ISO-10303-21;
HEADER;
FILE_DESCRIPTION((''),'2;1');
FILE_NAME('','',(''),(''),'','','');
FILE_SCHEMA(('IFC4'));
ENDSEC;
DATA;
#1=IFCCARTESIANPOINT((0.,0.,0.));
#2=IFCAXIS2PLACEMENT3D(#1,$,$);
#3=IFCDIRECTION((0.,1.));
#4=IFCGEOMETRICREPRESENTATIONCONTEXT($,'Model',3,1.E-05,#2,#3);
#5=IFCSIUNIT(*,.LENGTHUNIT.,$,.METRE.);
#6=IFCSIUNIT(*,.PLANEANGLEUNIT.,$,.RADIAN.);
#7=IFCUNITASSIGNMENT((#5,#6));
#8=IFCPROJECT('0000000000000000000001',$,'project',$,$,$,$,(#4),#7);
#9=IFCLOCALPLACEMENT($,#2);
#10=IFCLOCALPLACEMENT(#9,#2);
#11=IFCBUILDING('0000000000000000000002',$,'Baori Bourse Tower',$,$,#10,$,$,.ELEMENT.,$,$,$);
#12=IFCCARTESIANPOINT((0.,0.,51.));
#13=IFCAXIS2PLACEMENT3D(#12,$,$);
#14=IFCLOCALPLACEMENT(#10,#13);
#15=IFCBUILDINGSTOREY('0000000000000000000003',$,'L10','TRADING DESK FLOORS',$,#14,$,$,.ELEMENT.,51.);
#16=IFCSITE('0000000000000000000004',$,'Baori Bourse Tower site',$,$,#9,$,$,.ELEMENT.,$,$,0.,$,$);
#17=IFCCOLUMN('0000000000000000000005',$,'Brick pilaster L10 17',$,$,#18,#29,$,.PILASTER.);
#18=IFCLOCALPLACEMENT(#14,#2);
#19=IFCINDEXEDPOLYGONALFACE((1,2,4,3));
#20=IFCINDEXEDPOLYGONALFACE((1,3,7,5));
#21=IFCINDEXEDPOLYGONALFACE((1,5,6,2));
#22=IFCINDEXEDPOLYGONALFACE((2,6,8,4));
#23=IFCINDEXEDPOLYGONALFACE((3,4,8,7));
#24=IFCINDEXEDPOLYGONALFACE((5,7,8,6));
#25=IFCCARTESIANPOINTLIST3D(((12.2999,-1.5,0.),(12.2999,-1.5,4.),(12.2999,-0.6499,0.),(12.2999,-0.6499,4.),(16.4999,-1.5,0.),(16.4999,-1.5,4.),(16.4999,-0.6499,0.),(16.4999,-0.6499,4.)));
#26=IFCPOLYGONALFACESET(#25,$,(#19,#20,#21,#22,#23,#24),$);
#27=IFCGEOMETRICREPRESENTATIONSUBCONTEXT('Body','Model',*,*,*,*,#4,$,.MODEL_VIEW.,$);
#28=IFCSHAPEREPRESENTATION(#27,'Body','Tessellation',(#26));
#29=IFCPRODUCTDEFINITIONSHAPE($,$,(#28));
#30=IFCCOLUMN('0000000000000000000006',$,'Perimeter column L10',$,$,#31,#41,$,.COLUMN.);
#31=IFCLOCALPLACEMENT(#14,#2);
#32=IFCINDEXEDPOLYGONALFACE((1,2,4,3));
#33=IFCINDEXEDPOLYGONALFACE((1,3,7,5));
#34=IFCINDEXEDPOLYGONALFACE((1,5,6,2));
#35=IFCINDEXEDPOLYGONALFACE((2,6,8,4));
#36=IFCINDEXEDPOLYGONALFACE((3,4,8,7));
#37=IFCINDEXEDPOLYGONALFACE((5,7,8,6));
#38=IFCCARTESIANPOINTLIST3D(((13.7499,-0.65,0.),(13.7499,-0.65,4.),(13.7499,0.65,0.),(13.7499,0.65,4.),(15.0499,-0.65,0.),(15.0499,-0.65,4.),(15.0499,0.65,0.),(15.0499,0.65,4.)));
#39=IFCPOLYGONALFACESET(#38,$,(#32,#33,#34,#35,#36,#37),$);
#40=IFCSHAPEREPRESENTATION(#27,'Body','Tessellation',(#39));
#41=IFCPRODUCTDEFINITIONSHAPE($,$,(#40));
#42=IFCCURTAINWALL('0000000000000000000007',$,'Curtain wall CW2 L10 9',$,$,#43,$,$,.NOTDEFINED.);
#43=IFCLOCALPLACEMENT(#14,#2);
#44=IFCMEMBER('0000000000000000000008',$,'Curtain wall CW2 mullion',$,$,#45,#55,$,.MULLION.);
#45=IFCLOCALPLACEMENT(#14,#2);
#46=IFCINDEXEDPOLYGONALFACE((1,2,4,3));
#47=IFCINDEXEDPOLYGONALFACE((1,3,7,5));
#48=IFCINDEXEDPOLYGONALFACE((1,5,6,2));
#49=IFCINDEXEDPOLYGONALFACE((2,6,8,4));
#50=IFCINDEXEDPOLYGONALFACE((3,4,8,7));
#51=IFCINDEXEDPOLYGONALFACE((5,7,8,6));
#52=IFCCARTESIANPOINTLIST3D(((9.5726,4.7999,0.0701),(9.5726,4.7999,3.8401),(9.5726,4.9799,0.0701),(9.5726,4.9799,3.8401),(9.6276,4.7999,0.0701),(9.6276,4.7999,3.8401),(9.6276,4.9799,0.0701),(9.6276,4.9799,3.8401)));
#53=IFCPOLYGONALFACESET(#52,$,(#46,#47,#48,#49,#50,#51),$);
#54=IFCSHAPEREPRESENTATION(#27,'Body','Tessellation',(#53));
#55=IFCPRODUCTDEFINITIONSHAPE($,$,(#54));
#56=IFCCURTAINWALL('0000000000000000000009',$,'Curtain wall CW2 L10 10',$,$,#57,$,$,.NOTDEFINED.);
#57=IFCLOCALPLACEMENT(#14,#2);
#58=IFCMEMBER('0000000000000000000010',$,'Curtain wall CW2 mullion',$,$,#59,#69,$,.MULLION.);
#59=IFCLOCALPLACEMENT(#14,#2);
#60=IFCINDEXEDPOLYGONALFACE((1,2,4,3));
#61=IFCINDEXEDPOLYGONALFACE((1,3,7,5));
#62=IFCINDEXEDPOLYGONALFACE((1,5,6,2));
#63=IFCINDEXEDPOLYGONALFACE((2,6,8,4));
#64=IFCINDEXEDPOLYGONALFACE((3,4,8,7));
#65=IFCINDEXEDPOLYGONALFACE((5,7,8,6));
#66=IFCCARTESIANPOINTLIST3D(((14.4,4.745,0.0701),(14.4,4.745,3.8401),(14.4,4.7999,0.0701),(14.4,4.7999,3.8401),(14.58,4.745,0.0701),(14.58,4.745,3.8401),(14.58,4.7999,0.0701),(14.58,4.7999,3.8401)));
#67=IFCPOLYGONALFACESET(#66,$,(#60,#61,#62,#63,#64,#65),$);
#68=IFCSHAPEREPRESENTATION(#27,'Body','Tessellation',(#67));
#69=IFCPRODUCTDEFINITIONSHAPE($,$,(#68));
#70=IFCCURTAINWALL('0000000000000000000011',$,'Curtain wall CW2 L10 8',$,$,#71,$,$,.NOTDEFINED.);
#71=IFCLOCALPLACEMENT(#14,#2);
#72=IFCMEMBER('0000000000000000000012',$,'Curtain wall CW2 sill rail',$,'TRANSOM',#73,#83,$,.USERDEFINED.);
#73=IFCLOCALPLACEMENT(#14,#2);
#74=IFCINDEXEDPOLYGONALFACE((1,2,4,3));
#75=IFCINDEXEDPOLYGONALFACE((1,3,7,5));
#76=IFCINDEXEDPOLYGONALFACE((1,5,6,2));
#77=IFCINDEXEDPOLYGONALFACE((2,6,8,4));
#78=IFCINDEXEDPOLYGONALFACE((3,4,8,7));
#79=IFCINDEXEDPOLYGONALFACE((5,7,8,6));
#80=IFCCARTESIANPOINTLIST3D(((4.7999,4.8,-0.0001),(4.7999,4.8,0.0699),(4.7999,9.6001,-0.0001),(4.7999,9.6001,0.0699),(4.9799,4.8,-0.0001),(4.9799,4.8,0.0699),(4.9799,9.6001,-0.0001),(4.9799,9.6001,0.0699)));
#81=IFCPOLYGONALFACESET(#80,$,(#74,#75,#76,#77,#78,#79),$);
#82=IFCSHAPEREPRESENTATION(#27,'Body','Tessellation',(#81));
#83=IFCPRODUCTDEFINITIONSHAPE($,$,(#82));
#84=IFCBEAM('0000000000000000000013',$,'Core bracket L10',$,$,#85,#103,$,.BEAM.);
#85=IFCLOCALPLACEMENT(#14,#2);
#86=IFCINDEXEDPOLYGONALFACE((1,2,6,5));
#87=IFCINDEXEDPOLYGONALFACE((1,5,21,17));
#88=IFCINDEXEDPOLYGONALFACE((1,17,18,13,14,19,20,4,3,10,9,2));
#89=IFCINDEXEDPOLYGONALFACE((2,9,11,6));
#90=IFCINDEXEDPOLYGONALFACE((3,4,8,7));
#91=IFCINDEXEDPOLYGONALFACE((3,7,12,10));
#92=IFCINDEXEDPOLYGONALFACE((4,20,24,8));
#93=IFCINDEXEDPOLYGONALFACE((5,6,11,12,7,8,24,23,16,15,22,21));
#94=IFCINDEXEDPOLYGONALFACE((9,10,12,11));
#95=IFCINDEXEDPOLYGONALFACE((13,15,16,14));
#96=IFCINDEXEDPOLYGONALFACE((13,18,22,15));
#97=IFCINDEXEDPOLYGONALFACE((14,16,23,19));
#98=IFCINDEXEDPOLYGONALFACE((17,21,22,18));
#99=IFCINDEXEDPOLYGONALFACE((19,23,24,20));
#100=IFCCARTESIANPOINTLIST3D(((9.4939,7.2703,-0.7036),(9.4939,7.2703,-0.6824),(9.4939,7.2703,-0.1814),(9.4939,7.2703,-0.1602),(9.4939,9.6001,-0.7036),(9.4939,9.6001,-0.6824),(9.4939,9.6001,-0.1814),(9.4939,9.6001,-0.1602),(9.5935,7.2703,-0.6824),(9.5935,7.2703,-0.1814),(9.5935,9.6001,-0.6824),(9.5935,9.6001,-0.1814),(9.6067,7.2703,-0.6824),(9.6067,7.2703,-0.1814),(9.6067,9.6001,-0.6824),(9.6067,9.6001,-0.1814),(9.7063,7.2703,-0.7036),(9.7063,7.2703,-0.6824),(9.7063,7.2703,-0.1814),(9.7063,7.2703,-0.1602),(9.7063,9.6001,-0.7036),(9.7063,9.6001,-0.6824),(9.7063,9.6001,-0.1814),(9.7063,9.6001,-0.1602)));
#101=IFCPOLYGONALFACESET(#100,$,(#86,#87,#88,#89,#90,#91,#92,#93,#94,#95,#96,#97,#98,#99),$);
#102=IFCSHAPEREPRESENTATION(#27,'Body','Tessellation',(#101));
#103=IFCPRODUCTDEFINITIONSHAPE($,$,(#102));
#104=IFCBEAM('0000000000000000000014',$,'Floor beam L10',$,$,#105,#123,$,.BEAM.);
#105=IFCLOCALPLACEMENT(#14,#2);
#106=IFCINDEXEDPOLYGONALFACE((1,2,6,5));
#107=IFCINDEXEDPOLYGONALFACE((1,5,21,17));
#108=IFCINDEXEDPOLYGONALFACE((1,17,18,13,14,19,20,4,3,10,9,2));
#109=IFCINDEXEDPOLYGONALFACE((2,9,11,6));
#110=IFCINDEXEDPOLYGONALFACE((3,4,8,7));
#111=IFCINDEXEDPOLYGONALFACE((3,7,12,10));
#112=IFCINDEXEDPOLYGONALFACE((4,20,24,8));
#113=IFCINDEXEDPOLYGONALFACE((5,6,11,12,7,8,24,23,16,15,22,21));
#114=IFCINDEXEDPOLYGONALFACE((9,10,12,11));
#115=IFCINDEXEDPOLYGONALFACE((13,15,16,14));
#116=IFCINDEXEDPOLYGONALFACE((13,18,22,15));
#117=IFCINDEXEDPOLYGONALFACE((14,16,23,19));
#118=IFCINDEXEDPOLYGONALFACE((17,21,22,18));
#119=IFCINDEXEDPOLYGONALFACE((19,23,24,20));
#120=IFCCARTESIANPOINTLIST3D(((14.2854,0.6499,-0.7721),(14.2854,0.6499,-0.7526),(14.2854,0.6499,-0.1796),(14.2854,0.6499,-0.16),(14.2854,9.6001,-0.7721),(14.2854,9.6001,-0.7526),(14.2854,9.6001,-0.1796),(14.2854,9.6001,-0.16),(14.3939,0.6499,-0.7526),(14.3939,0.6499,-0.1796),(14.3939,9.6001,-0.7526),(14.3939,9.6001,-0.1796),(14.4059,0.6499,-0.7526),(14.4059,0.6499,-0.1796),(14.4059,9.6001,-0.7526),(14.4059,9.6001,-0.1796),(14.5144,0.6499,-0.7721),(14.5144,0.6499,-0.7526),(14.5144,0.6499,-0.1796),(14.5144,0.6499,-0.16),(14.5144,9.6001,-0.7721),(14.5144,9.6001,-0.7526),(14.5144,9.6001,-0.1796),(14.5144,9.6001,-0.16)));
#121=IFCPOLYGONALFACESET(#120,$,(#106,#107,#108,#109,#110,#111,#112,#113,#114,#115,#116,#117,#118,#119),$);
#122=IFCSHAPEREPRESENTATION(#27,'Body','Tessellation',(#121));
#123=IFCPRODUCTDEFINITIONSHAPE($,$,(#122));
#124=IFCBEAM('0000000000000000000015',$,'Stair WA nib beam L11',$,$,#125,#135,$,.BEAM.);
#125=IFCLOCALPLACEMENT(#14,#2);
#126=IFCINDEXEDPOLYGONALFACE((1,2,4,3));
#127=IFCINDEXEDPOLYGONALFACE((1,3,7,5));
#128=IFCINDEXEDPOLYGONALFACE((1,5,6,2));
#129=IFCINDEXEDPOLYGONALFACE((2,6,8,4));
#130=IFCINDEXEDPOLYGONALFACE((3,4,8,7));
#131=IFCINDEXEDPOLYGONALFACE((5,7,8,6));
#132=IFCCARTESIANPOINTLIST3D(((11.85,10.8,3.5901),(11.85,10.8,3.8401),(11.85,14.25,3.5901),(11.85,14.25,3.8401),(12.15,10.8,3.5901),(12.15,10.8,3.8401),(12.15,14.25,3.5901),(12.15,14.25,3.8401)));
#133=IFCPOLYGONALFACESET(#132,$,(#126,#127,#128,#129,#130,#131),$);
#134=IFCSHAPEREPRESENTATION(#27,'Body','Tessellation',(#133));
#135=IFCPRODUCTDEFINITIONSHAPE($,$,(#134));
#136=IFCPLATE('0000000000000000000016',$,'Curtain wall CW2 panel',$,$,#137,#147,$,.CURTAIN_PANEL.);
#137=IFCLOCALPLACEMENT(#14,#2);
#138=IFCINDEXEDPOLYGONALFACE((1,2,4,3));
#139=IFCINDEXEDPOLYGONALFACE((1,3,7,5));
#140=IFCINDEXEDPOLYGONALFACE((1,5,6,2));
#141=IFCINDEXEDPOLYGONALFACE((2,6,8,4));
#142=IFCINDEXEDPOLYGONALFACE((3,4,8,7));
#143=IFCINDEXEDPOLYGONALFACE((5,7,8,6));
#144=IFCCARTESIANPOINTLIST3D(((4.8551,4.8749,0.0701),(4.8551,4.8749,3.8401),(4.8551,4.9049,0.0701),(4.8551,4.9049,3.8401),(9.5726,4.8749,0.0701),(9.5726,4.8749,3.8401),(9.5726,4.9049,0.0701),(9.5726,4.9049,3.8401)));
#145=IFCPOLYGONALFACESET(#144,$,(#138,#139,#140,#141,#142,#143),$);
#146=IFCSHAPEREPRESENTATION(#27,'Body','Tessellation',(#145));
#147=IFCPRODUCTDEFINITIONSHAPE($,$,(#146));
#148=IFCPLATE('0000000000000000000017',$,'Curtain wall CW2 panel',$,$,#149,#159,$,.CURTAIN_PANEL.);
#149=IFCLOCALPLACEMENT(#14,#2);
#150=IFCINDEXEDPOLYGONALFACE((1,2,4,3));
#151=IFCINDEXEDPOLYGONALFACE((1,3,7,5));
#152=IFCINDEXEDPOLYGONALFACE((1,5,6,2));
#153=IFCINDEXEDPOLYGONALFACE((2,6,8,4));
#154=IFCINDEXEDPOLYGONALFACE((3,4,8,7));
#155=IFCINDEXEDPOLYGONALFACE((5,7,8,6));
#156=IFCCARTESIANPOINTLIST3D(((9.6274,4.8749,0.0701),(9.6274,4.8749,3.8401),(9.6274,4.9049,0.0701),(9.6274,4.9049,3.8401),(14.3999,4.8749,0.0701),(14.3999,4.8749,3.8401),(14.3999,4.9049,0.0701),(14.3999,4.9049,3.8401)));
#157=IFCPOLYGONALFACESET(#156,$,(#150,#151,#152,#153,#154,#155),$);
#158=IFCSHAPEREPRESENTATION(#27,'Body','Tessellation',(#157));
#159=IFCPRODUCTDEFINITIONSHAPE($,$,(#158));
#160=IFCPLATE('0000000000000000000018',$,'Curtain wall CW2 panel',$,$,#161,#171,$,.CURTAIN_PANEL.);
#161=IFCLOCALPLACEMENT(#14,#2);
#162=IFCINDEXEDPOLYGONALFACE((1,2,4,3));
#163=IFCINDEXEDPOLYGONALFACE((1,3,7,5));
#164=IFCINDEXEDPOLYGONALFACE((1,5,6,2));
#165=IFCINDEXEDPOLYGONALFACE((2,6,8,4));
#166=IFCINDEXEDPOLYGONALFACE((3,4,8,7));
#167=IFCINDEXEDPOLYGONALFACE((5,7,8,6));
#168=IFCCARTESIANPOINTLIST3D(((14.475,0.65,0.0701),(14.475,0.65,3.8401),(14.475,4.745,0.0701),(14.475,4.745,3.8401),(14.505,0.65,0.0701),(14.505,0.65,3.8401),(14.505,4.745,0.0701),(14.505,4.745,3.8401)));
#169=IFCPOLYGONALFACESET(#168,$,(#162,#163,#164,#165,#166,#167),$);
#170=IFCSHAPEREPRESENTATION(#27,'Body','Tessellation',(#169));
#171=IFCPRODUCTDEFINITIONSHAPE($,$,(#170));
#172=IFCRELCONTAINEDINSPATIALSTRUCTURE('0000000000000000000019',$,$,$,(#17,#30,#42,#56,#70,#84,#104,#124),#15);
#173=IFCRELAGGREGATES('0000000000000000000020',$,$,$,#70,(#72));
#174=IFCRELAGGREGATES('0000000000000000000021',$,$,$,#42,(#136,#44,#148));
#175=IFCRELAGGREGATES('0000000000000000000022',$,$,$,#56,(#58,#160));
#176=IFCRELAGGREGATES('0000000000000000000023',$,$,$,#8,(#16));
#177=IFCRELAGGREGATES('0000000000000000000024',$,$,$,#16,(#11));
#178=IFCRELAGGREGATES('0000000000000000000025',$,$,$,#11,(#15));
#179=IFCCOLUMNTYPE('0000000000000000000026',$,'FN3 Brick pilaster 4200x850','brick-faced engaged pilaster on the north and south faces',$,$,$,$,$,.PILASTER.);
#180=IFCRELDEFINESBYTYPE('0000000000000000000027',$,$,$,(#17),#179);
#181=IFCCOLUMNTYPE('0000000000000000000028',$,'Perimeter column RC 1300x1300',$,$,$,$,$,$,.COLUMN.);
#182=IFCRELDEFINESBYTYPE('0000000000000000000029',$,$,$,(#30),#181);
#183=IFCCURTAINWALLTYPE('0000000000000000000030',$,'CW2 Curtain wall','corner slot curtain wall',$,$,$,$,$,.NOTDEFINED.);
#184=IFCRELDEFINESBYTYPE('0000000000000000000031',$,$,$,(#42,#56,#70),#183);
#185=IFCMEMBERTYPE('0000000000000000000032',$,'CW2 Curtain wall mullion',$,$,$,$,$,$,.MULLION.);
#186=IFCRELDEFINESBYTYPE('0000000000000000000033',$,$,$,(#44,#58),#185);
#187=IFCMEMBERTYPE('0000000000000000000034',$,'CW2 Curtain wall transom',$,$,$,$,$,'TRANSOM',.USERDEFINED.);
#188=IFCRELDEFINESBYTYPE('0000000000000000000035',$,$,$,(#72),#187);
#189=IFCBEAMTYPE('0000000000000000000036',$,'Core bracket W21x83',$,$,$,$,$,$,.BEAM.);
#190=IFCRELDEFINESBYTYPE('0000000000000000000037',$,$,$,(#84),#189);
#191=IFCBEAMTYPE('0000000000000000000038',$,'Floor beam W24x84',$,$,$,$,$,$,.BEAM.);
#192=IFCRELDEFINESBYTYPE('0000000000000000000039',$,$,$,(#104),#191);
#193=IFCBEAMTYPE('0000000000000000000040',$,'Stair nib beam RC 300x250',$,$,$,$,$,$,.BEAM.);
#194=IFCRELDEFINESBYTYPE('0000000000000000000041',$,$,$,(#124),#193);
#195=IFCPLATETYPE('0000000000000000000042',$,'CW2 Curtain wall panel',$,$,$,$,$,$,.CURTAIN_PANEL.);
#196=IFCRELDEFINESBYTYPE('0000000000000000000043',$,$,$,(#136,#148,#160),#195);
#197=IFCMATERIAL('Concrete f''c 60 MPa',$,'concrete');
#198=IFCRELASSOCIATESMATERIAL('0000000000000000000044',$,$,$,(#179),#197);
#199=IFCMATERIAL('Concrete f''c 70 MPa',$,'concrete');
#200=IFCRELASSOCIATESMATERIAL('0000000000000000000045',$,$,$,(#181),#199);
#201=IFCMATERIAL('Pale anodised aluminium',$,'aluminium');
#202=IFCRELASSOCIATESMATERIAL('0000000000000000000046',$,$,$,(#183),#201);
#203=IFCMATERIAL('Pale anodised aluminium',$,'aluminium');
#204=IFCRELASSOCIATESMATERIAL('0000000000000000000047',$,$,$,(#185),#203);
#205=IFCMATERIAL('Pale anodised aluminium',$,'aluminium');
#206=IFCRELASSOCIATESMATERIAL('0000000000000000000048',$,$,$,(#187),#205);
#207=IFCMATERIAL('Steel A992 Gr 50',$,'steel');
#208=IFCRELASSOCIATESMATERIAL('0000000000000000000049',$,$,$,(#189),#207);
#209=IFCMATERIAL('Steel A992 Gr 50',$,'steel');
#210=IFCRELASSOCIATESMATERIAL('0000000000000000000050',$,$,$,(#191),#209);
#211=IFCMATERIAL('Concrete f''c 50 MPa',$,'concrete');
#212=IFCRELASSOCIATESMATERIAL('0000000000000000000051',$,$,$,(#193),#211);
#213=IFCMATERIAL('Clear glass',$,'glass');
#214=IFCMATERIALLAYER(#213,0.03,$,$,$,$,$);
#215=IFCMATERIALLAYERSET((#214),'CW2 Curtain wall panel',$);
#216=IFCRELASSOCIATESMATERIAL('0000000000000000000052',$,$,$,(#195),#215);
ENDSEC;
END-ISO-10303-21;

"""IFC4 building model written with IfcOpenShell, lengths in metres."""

from ifc_helpers import new_model, si_unit, direction, frame, origin, origin_2d, place, context, subcontext, project, spatial, rectangle, i_section, extrude, material, layer, layer_set, material_profile, profile_set, type_object, element, aggregate, save


model = new_model("IFC4")

# Units and contexts
model_context = context("Model", 3, precision=1e-05, world=origin(), true_north=direction((0.0, 1.0)))
body_context = subcontext(model_context, "Body", "Model", "MODEL_VIEW")
ifc_project = project(units=[si_unit("LENGTHUNIT", "METRE"), si_unit("PLANEANGLEUNIT", "RADIAN")], contexts=[model_context])

# Site, building, storey
site_placement = place(None, origin())
site = spatial("IfcSite", under=ifc_project, at=site_placement, Name="Baori Bourse Tower site", CompositionType="ELEMENT", RefElevation=0.0)
building_placement = place(site_placement, origin())
building = spatial("IfcBuilding", under=site, at=building_placement, Name="Baori Bourse Tower", CompositionType="ELEMENT")
storey_placement = place(building_placement, frame((0.0, 0.0, 51.0)))
storey = spatial("IfcBuildingStorey", under=building, at=storey_placement, Name="L10", Description="TRADING DESK FLOORS", CompositionType="ELEMENT", Elevation=51.0)

# Columns
ifc_material_1 = material(Name="Concrete f'c 60 MPa", Category="concrete")
ifc_material_profile_1 = material_profile(ifc_material_1, rectangle(XDim=4.2, YDim=0.8501, at=origin_2d()), Name="RC 4200x850")
ifc_profile_set_1 = profile_set([ifc_material_profile_1], Name="Concrete f'c 60 MPa")
column_type_1 = type_object("IfcColumnType", Name="FN3 Brick pilaster 4200x850", Description="brick-faced engaged pilaster on the north and south faces", PredefinedType="PILASTER", material=ifc_profile_set_1)
column_1_placement = place(storey_placement, frame((14.3999, -1.075, 0.0), z_axis=(0.0, 0.0, 1.0), x_axis=(1.0, 0.0, 0.0)))
element("IfcColumn", 1, at=column_1_placement, inside=storey, type_object=column_type_1, Name="Brick pilaster L10 17", PredefinedType="PILASTER", context=body_context, shape_type="SweptSolid", body=[
    extrude(rectangle(XDim=4.2, YDim=0.8501, at=origin_2d()), origin(), (0.0, 0.0, 1.0), 4.0),
])
ifc_material_2 = material(Name="Concrete f'c 70 MPa", Category="concrete")
ifc_material_profile_2 = material_profile(ifc_material_2, rectangle(XDim=1.3, YDim=1.3, at=origin_2d()), Name="RC 1300x1300")
ifc_profile_set_2 = profile_set([ifc_material_profile_2], Name="Concrete f'c 70 MPa")
column_type_2 = type_object("IfcColumnType", Name="Perimeter column RC 1300x1300", PredefinedType="COLUMN", material=ifc_profile_set_2)
column_2_placement = place(storey_placement, frame((14.3999, 0.0, 0.0), z_axis=(0.0, 0.0, 1.0), x_axis=(1.0, 0.0, 0.0)))
element("IfcColumn", 2, at=column_2_placement, inside=storey, type_object=column_type_2, Name="Perimeter column L10", PredefinedType="COLUMN", context=body_context, shape_type="SweptSolid", body=[
    extrude(rectangle(XDim=1.3, YDim=1.3, at=origin_2d()), origin(), (0.0, 0.0, 1.0), 4.0),
])

# Curtain walls, members
ifc_material_3 = material(Name="Pale anodised aluminium", Category="aluminium")
curtain_wall_type = type_object("IfcCurtainWallType", Name="CW2 Curtain wall", Description="corner slot curtain wall", PredefinedType="NOTDEFINED", material=ifc_material_3)
curtain_wall_1_placement = place(storey_placement, origin())
curtain_wall_1 = element("IfcCurtainWall", 3, at=curtain_wall_1_placement, inside=storey, type_object=curtain_wall_type, Name="Curtain wall CW2 L10 9", PredefinedType="NOTDEFINED")
ifc_material_4 = material(Name="Pale anodised aluminium", Category="aluminium")
ifc_material_profile_3 = material_profile(ifc_material_4, rectangle(XDim=0.1799, YDim=0.0549, at=origin_2d()), Name="Mullion 55x180")
ifc_profile_set_3 = profile_set([ifc_material_profile_3], Name="Pale anodised aluminium")
member_type_1 = type_object("IfcMemberType", Name="CW2 Curtain wall mullion", PredefinedType="MULLION", material=ifc_profile_set_3)
member_1_placement = place(storey_placement, frame((9.6001, 4.8899, 0.0701), z_axis=(0.0, 0.0, 1.0), x_axis=(0.0, 1.0, 0.0)))
member_1 = element("IfcMember", 4, at=member_1_placement, type_object=member_type_1, Name="Curtain wall CW2 mullion", PredefinedType="MULLION", context=body_context, shape_type="SweptSolid", body=[
    extrude(rectangle(XDim=0.1799, YDim=0.0549, at=origin_2d()), origin(), (0.0, 0.0, 1.0), 3.77),
])
curtain_wall_2_placement = place(storey_placement, origin())
curtain_wall_2 = element("IfcCurtainWall", 5, at=curtain_wall_2_placement, inside=storey, type_object=curtain_wall_type, Name="Curtain wall CW2 L10 10", PredefinedType="NOTDEFINED")
member_2_placement = place(storey_placement, frame((14.49, 4.7725, 0.0701), z_axis=(0.0, 0.0, 1.0), x_axis=(1.0, 0.0, 0.0)))
member_2 = element("IfcMember", 6, at=member_2_placement, type_object=member_type_1, Name="Curtain wall CW2 mullion", PredefinedType="MULLION", context=body_context, shape_type="SweptSolid", body=[
    extrude(rectangle(XDim=0.1799, YDim=0.0549, at=origin_2d()), origin(), (0.0, 0.0, 1.0), 3.77),
])
curtain_wall_3_placement = place(storey_placement, origin())
curtain_wall_3 = element("IfcCurtainWall", 7, at=curtain_wall_3_placement, inside=storey, type_object=curtain_wall_type, Name="Curtain wall CW2 L10 8", PredefinedType="NOTDEFINED")
ifc_material_5 = material(Name="Pale anodised aluminium", Category="aluminium")
ifc_material_profile_4 = material_profile(ifc_material_5, rectangle(XDim=0.1799, YDim=0.0701, at=origin_2d()), Name="Transom 70x180")
ifc_profile_set_4 = profile_set([ifc_material_profile_4], Name="Pale anodised aluminium")
member_type_2 = type_object("IfcMemberType", Name="CW2 Curtain wall transom", ElementType="TRANSOM", PredefinedType="USERDEFINED", material=ifc_profile_set_4)
member_3_placement = place(storey_placement, frame((4.8899, 9.6001, 0.0349), z_axis=(0.0, -1.0, 0.0), x_axis=(1.0, 0.0, 0.0)))
member_3 = element("IfcMember", 8, at=member_3_placement, type_object=member_type_2, Name="Curtain wall CW2 sill rail", ObjectType="TRANSOM", PredefinedType="USERDEFINED", context=body_context, shape_type="SweptSolid", body=[
    extrude(rectangle(XDim=0.1799, YDim=0.0701, at=origin_2d()), origin(), (0.0, 0.0, 1.0), 4.8),
])
aggregate(curtain_wall_3, [member_3])

# Beams
ifc_material_6 = material(Name="Steel A992 Gr 50", Category="steel")
ifc_material_profile_5 = material_profile(ifc_material_6, i_section(OverallWidth=0.2124, OverallDepth=0.5435, WebThickness=0.0132, FlangeThickness=0.0212, at=origin_2d()), Name="W21x83")
ifc_profile_set_5 = profile_set([ifc_material_profile_5], Name="Steel A992 Gr 50")
beam_type_1 = type_object("IfcBeamType", Name="Core bracket W21x83", PredefinedType="BEAM", material=ifc_profile_set_5)
beam_1_placement = place(storey_placement, frame((9.6001, 7.2703, -0.4319), z_axis=(0.0, 1.0, 0.0), x_axis=(-1.0, 0.0, 0.0)))
element("IfcBeam", 9, at=beam_1_placement, inside=storey, type_object=beam_type_1, Name="Core bracket L10", PredefinedType="BEAM", context=body_context, shape_type="SweptSolid", body=[
    extrude(i_section(OverallWidth=0.2124, OverallDepth=0.5435, WebThickness=0.0132, FlangeThickness=0.0212, at=origin_2d()), origin(), (0.0, 0.0, 1.0), 2.3298),
])
ifc_material_7 = material(Name="Steel A992 Gr 50", Category="steel")
ifc_material_profile_6 = material_profile(ifc_material_7, i_section(OverallWidth=0.229, OverallDepth=0.6121, WebThickness=0.012, FlangeThickness=0.0195, at=origin_2d()), Name="W24x84")
ifc_profile_set_6 = profile_set([ifc_material_profile_6], Name="Steel A992 Gr 50")
beam_type_2 = type_object("IfcBeamType", Name="Floor beam W24x84", PredefinedType="BEAM", material=ifc_profile_set_6)
beam_2_placement = place(storey_placement, frame((14.3999, 0.6499, -0.4661), z_axis=(0.0, 1.0, 0.0), x_axis=(-1.0, 0.0, 0.0)))
element("IfcBeam", 10, at=beam_2_placement, inside=storey, type_object=beam_type_2, Name="Floor beam L10", PredefinedType="BEAM", context=body_context, shape_type="SweptSolid", body=[
    extrude(i_section(OverallWidth=0.229, OverallDepth=0.6121, WebThickness=0.012, FlangeThickness=0.0195, at=origin_2d()), origin(), (0.0, 0.0, 1.0), 8.9502),
])
ifc_material_8 = material(Name="Concrete f'c 50 MPa", Category="concrete")
ifc_material_profile_7 = material_profile(ifc_material_8, rectangle(XDim=0.3, YDim=0.25, at=origin_2d()), Name="RC 300x250")
ifc_profile_set_7 = profile_set([ifc_material_profile_7], Name="Concrete f'c 50 MPa")
beam_type_3 = type_object("IfcBeamType", Name="Stair nib beam RC 300x250", PredefinedType="BEAM", material=ifc_profile_set_7)
beam_3_placement = place(storey_placement, frame((12.0, 10.8, 3.7151), z_axis=(0.0, 1.0, 0.0), x_axis=(-1.0, 0.0, 0.0)))
element("IfcBeam", 11, at=beam_3_placement, inside=storey, type_object=beam_type_3, Name="Stair WA nib beam L11", PredefinedType="BEAM", context=body_context, shape_type="SweptSolid", body=[
    extrude(rectangle(XDim=0.3, YDim=0.25, at=origin_2d()), origin(), (0.0, 0.0, 1.0), 3.45),
])

# Plates
ifc_material_9 = material(Name="Clear glass", Category="glass")
ifc_layer_1 = layer(ifc_material_9, 0.03)
ifc_layer_set_1 = layer_set([ifc_layer_1], Name="CW2 Curtain wall panel")
plate_type = type_object("IfcPlateType", Name="CW2 Curtain wall panel", PredefinedType="CURTAIN_PANEL", material=ifc_layer_set_1)
plate_1_placement = place(storey_placement, frame((7.2139, 4.8899, 0.0701), z_axis=(0.0, 0.0, 1.0), x_axis=(1.0, 0.0, 0.0)))
plate_1 = element("IfcPlate", 12, at=plate_1_placement, type_object=plate_type, Name="Curtain wall CW2 panel", PredefinedType="CURTAIN_PANEL", context=body_context, shape_type="SweptSolid", body=[
    extrude(rectangle(XDim=4.7175, YDim=0.03, at=origin_2d()), origin(), (0.0, 0.0, 1.0), 3.77),
])
plate_2_placement = place(storey_placement, frame((12.0137, 4.8899, 0.0701), z_axis=(0.0, 0.0, 1.0), x_axis=(1.0, 0.0, 0.0)))
plate_2 = element("IfcPlate", 13, at=plate_2_placement, type_object=plate_type, Name="Curtain wall CW2 panel", PredefinedType="CURTAIN_PANEL", context=body_context, shape_type="SweptSolid", body=[
    extrude(rectangle(XDim=4.7725, YDim=0.03, at=origin_2d()), origin(), (0.0, 0.0, 1.0), 3.77),
])
aggregate(curtain_wall_1, [plate_1, member_1, plate_2])
plate_3_placement = place(storey_placement, frame((14.49, 2.6975, 0.0701), z_axis=(0.0, 0.0, 1.0), x_axis=(0.0, -1.0, 0.0)))
plate_3 = element("IfcPlate", 14, at=plate_3_placement, type_object=plate_type, Name="Curtain wall CW2 panel", PredefinedType="CURTAIN_PANEL", context=body_context, shape_type="SweptSolid", body=[
    extrude(rectangle(XDim=4.095, YDim=0.03, at=origin_2d()), origin(), (0.0, 0.0, 1.0), 3.77),
])
aggregate(curtain_wall_2, [member_2, plate_3])

save(model, "model.ifc")
